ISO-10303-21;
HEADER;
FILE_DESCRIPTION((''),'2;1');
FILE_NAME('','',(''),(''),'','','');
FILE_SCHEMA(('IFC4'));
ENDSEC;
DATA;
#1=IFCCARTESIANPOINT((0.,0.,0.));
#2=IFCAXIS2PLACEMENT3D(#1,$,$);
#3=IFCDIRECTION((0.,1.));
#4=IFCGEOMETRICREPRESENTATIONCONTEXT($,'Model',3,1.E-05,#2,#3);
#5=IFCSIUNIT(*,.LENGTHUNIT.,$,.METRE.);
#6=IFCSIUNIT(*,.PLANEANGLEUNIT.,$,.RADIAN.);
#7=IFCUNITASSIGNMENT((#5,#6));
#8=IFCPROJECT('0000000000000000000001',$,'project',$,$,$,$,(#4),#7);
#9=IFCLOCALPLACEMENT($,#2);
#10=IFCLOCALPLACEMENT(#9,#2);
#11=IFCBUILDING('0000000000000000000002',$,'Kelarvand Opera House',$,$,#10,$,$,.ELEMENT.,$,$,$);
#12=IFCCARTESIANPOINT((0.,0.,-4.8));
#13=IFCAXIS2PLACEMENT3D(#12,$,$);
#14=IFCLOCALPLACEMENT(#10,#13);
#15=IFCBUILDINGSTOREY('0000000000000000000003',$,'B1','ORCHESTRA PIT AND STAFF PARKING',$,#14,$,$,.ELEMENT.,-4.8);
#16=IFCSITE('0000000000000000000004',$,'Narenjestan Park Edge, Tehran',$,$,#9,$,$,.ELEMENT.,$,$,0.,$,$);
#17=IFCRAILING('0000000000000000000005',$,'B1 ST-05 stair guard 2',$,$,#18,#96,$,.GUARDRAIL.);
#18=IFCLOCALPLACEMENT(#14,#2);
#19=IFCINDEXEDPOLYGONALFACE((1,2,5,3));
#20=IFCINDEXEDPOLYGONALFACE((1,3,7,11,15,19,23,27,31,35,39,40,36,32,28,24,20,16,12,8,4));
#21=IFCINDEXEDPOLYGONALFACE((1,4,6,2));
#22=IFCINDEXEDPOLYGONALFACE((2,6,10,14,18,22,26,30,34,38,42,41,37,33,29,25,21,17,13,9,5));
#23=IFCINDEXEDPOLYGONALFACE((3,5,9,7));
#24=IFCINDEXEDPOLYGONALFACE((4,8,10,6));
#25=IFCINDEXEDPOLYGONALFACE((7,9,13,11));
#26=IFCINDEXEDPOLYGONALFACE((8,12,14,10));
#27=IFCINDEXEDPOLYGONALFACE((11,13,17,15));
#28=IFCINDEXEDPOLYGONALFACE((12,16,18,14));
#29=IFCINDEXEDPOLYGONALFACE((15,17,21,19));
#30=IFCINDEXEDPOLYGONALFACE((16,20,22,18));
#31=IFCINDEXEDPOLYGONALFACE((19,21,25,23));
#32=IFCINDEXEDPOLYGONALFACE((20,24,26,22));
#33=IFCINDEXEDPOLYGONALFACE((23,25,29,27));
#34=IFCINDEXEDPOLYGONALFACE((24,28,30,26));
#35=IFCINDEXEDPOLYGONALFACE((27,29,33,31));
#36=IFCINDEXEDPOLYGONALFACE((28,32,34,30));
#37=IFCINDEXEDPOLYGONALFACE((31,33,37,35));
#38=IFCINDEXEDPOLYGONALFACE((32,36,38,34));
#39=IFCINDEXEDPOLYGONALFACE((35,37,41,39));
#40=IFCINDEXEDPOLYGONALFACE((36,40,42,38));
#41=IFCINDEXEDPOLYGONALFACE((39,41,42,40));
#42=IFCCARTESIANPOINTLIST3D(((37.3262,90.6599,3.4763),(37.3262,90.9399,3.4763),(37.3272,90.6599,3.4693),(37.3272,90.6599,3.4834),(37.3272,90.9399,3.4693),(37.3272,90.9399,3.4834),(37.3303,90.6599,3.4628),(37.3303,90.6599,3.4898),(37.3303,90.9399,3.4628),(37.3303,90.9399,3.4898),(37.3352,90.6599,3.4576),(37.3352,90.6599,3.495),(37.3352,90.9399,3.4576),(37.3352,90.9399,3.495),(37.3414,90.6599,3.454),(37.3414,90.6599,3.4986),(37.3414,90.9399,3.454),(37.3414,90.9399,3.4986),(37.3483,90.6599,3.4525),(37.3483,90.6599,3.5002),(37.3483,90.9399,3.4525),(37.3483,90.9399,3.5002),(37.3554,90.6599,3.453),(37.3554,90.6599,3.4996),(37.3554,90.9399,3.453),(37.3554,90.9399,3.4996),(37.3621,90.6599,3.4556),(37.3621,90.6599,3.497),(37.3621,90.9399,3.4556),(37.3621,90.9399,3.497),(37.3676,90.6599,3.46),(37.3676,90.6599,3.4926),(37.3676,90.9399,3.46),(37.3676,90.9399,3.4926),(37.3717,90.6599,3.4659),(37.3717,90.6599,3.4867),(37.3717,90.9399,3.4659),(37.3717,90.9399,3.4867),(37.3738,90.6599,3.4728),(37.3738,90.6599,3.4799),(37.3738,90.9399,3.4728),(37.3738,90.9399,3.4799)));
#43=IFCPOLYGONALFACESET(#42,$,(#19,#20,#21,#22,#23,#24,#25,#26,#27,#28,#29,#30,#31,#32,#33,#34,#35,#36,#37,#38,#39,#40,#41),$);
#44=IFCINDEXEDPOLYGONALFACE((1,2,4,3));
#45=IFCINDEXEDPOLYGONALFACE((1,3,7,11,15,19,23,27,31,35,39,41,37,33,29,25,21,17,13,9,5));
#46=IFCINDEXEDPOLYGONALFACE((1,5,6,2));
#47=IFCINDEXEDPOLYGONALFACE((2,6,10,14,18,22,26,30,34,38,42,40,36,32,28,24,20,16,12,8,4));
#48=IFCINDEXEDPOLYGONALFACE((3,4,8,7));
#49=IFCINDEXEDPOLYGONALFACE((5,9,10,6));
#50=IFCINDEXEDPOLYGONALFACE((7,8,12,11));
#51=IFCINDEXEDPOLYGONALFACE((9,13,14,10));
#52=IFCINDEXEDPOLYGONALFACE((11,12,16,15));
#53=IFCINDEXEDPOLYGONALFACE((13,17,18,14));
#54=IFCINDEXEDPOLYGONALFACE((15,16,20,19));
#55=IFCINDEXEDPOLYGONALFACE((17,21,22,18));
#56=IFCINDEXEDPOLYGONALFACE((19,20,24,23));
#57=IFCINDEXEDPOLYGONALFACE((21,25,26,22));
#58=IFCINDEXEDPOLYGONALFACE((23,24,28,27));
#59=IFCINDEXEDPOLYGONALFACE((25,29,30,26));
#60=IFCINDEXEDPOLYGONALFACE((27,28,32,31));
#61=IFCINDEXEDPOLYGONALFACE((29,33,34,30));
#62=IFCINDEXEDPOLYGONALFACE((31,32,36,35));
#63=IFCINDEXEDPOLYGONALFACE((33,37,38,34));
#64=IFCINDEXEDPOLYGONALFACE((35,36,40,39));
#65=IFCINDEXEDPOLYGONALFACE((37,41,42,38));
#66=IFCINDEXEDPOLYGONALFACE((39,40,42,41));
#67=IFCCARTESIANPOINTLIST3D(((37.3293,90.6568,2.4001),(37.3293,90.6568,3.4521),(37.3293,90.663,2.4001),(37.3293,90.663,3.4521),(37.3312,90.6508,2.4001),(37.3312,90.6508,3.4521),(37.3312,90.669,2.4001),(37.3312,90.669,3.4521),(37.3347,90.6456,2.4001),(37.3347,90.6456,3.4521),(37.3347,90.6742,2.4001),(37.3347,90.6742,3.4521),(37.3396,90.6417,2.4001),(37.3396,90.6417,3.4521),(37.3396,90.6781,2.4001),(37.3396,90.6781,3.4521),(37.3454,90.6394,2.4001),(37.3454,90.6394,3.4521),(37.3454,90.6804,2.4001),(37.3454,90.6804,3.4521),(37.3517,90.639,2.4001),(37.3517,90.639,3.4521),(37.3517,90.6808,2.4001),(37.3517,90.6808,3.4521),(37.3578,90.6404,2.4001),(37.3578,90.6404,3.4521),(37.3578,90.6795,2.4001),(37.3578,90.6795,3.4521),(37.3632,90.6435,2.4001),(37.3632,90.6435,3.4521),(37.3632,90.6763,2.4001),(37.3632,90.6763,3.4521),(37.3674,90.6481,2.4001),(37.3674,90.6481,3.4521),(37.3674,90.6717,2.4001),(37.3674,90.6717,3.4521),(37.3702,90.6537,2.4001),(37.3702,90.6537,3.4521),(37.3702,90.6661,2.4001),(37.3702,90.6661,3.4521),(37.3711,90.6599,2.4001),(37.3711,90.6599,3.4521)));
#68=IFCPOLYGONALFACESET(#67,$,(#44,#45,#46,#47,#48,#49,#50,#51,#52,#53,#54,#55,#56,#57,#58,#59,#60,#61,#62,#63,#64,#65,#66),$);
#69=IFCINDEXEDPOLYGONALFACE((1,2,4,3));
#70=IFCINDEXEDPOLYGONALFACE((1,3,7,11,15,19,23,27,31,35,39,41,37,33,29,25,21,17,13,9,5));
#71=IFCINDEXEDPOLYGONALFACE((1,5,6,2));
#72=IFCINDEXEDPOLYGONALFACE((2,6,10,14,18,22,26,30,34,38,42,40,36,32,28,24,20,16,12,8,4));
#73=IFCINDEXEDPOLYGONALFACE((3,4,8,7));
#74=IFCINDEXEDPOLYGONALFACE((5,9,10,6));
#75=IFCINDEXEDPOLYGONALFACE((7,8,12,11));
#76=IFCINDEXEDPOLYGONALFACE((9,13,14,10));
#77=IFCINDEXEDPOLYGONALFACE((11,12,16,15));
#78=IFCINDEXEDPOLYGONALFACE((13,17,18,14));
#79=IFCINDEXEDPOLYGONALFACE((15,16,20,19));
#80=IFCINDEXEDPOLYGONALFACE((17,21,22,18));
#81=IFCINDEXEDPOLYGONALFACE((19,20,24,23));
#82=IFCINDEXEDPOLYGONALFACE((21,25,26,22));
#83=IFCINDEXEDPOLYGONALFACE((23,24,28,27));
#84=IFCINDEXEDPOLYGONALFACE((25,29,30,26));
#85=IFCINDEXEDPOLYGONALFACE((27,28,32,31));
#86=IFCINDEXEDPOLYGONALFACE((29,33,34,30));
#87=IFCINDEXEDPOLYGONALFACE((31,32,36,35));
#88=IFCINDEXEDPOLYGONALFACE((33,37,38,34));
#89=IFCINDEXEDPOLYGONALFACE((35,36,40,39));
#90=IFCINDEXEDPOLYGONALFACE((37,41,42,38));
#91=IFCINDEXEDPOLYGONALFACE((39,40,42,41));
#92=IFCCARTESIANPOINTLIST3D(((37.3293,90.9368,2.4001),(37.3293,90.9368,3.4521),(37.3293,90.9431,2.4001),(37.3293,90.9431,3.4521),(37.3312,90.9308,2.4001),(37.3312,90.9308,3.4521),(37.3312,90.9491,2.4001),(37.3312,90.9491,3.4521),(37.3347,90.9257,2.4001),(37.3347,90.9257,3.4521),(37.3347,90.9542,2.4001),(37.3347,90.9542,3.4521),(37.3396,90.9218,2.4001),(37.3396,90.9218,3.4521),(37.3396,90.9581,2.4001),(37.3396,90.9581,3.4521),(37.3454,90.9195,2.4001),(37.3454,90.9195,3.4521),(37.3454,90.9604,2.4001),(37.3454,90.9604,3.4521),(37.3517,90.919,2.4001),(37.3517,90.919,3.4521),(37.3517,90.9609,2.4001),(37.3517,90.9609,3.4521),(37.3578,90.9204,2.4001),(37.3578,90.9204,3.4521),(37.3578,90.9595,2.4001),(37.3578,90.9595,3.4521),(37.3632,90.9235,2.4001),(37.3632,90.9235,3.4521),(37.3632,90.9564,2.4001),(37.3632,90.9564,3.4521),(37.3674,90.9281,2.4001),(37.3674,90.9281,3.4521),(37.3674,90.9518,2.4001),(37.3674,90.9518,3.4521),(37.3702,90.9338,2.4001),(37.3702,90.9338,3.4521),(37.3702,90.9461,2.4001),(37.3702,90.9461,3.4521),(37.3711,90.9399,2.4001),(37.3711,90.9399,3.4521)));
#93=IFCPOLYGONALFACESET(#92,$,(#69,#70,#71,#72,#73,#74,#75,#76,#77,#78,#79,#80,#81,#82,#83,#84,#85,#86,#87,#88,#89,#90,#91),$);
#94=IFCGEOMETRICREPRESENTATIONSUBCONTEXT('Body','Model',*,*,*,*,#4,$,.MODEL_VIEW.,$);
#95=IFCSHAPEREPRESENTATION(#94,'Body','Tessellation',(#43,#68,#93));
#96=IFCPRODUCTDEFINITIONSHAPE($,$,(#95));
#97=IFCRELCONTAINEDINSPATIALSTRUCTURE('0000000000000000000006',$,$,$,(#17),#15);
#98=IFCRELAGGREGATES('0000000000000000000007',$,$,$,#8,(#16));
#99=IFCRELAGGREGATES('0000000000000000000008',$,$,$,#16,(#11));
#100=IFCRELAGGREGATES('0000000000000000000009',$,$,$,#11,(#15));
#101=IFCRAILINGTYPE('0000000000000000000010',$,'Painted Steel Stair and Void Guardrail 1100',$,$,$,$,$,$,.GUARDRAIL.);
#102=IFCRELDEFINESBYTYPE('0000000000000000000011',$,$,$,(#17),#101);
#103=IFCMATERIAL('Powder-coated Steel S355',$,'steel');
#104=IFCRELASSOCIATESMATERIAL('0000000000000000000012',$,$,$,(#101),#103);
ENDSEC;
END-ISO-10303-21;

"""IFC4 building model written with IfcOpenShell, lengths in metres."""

from ifc_helpers import new_model, si_unit, direction, frame, origin, origin_2d, place, context, subcontext, project, spatial, circle, extrude, material, type_object, element, save


model = new_model("IFC4")

# Units and contexts
model_context = context("Model", 3, precision=1e-05, world=origin(), true_north=direction((0.0, 1.0)))
body_context = subcontext(model_context, "Body", "Model", "MODEL_VIEW")
ifc_project = project(units=[si_unit("LENGTHUNIT", "METRE"), si_unit("PLANEANGLEUNIT", "RADIAN")], contexts=[model_context])

# Site, building, storey
site_placement = place(None, origin())
site = spatial("IfcSite", under=ifc_project, at=site_placement, Name="Narenjestan Park Edge, Tehran", CompositionType="ELEMENT", RefElevation=0.0)
building_placement = place(site_placement, origin())
building = spatial("IfcBuilding", under=site, at=building_placement, Name="Kelarvand Opera House", CompositionType="ELEMENT")
storey_placement = place(building_placement, frame((0.0, 0.0, -4.8)))
storey = spatial("IfcBuildingStorey", under=building, at=storey_placement, Name="B1", Description="ORCHESTRA PIT AND STAFF PARKING", CompositionType="ELEMENT", Elevation=-4.8)

# Railing
ifc_material_1 = material(Name="Powder-coated Steel S355", Category="steel")
railing_type_1 = type_object("IfcRailingType", Name="Painted Steel Stair and Void Guardrail 1100", PredefinedType="GUARDRAIL", material=ifc_material_1)
railing_1_placement = place(storey_placement, frame((37.3501, 90.6599, 2.4001)))
element("IfcRailing", 1, at=railing_1_placement, inside=storey, type_object=railing_type_1, Name="B1 ST-05 stair guard 2", PredefinedType="GUARDRAIL", context=body_context, shape_type="SweptSolid", body=[
    extrude(circle(Radius=0.0239, at=origin_2d()), frame((0.0, 0.0, 1.0762), z_axis=(0.0, 1.0, 0.0), x_axis=(-1.0, 0.0, 0.0)), (0.0, 0.0, 1.0), 0.28),
    extrude(circle(Radius=0.021, at=origin_2d()), origin(), (0.0, 0.0, 1.0), 1.052),
    extrude(circle(Radius=0.021, at=origin_2d()), frame((0.0, 0.28, 0.0)), (0.0, 0.0, 1.0), 1.052),
])

save(model, "model.ifc")
